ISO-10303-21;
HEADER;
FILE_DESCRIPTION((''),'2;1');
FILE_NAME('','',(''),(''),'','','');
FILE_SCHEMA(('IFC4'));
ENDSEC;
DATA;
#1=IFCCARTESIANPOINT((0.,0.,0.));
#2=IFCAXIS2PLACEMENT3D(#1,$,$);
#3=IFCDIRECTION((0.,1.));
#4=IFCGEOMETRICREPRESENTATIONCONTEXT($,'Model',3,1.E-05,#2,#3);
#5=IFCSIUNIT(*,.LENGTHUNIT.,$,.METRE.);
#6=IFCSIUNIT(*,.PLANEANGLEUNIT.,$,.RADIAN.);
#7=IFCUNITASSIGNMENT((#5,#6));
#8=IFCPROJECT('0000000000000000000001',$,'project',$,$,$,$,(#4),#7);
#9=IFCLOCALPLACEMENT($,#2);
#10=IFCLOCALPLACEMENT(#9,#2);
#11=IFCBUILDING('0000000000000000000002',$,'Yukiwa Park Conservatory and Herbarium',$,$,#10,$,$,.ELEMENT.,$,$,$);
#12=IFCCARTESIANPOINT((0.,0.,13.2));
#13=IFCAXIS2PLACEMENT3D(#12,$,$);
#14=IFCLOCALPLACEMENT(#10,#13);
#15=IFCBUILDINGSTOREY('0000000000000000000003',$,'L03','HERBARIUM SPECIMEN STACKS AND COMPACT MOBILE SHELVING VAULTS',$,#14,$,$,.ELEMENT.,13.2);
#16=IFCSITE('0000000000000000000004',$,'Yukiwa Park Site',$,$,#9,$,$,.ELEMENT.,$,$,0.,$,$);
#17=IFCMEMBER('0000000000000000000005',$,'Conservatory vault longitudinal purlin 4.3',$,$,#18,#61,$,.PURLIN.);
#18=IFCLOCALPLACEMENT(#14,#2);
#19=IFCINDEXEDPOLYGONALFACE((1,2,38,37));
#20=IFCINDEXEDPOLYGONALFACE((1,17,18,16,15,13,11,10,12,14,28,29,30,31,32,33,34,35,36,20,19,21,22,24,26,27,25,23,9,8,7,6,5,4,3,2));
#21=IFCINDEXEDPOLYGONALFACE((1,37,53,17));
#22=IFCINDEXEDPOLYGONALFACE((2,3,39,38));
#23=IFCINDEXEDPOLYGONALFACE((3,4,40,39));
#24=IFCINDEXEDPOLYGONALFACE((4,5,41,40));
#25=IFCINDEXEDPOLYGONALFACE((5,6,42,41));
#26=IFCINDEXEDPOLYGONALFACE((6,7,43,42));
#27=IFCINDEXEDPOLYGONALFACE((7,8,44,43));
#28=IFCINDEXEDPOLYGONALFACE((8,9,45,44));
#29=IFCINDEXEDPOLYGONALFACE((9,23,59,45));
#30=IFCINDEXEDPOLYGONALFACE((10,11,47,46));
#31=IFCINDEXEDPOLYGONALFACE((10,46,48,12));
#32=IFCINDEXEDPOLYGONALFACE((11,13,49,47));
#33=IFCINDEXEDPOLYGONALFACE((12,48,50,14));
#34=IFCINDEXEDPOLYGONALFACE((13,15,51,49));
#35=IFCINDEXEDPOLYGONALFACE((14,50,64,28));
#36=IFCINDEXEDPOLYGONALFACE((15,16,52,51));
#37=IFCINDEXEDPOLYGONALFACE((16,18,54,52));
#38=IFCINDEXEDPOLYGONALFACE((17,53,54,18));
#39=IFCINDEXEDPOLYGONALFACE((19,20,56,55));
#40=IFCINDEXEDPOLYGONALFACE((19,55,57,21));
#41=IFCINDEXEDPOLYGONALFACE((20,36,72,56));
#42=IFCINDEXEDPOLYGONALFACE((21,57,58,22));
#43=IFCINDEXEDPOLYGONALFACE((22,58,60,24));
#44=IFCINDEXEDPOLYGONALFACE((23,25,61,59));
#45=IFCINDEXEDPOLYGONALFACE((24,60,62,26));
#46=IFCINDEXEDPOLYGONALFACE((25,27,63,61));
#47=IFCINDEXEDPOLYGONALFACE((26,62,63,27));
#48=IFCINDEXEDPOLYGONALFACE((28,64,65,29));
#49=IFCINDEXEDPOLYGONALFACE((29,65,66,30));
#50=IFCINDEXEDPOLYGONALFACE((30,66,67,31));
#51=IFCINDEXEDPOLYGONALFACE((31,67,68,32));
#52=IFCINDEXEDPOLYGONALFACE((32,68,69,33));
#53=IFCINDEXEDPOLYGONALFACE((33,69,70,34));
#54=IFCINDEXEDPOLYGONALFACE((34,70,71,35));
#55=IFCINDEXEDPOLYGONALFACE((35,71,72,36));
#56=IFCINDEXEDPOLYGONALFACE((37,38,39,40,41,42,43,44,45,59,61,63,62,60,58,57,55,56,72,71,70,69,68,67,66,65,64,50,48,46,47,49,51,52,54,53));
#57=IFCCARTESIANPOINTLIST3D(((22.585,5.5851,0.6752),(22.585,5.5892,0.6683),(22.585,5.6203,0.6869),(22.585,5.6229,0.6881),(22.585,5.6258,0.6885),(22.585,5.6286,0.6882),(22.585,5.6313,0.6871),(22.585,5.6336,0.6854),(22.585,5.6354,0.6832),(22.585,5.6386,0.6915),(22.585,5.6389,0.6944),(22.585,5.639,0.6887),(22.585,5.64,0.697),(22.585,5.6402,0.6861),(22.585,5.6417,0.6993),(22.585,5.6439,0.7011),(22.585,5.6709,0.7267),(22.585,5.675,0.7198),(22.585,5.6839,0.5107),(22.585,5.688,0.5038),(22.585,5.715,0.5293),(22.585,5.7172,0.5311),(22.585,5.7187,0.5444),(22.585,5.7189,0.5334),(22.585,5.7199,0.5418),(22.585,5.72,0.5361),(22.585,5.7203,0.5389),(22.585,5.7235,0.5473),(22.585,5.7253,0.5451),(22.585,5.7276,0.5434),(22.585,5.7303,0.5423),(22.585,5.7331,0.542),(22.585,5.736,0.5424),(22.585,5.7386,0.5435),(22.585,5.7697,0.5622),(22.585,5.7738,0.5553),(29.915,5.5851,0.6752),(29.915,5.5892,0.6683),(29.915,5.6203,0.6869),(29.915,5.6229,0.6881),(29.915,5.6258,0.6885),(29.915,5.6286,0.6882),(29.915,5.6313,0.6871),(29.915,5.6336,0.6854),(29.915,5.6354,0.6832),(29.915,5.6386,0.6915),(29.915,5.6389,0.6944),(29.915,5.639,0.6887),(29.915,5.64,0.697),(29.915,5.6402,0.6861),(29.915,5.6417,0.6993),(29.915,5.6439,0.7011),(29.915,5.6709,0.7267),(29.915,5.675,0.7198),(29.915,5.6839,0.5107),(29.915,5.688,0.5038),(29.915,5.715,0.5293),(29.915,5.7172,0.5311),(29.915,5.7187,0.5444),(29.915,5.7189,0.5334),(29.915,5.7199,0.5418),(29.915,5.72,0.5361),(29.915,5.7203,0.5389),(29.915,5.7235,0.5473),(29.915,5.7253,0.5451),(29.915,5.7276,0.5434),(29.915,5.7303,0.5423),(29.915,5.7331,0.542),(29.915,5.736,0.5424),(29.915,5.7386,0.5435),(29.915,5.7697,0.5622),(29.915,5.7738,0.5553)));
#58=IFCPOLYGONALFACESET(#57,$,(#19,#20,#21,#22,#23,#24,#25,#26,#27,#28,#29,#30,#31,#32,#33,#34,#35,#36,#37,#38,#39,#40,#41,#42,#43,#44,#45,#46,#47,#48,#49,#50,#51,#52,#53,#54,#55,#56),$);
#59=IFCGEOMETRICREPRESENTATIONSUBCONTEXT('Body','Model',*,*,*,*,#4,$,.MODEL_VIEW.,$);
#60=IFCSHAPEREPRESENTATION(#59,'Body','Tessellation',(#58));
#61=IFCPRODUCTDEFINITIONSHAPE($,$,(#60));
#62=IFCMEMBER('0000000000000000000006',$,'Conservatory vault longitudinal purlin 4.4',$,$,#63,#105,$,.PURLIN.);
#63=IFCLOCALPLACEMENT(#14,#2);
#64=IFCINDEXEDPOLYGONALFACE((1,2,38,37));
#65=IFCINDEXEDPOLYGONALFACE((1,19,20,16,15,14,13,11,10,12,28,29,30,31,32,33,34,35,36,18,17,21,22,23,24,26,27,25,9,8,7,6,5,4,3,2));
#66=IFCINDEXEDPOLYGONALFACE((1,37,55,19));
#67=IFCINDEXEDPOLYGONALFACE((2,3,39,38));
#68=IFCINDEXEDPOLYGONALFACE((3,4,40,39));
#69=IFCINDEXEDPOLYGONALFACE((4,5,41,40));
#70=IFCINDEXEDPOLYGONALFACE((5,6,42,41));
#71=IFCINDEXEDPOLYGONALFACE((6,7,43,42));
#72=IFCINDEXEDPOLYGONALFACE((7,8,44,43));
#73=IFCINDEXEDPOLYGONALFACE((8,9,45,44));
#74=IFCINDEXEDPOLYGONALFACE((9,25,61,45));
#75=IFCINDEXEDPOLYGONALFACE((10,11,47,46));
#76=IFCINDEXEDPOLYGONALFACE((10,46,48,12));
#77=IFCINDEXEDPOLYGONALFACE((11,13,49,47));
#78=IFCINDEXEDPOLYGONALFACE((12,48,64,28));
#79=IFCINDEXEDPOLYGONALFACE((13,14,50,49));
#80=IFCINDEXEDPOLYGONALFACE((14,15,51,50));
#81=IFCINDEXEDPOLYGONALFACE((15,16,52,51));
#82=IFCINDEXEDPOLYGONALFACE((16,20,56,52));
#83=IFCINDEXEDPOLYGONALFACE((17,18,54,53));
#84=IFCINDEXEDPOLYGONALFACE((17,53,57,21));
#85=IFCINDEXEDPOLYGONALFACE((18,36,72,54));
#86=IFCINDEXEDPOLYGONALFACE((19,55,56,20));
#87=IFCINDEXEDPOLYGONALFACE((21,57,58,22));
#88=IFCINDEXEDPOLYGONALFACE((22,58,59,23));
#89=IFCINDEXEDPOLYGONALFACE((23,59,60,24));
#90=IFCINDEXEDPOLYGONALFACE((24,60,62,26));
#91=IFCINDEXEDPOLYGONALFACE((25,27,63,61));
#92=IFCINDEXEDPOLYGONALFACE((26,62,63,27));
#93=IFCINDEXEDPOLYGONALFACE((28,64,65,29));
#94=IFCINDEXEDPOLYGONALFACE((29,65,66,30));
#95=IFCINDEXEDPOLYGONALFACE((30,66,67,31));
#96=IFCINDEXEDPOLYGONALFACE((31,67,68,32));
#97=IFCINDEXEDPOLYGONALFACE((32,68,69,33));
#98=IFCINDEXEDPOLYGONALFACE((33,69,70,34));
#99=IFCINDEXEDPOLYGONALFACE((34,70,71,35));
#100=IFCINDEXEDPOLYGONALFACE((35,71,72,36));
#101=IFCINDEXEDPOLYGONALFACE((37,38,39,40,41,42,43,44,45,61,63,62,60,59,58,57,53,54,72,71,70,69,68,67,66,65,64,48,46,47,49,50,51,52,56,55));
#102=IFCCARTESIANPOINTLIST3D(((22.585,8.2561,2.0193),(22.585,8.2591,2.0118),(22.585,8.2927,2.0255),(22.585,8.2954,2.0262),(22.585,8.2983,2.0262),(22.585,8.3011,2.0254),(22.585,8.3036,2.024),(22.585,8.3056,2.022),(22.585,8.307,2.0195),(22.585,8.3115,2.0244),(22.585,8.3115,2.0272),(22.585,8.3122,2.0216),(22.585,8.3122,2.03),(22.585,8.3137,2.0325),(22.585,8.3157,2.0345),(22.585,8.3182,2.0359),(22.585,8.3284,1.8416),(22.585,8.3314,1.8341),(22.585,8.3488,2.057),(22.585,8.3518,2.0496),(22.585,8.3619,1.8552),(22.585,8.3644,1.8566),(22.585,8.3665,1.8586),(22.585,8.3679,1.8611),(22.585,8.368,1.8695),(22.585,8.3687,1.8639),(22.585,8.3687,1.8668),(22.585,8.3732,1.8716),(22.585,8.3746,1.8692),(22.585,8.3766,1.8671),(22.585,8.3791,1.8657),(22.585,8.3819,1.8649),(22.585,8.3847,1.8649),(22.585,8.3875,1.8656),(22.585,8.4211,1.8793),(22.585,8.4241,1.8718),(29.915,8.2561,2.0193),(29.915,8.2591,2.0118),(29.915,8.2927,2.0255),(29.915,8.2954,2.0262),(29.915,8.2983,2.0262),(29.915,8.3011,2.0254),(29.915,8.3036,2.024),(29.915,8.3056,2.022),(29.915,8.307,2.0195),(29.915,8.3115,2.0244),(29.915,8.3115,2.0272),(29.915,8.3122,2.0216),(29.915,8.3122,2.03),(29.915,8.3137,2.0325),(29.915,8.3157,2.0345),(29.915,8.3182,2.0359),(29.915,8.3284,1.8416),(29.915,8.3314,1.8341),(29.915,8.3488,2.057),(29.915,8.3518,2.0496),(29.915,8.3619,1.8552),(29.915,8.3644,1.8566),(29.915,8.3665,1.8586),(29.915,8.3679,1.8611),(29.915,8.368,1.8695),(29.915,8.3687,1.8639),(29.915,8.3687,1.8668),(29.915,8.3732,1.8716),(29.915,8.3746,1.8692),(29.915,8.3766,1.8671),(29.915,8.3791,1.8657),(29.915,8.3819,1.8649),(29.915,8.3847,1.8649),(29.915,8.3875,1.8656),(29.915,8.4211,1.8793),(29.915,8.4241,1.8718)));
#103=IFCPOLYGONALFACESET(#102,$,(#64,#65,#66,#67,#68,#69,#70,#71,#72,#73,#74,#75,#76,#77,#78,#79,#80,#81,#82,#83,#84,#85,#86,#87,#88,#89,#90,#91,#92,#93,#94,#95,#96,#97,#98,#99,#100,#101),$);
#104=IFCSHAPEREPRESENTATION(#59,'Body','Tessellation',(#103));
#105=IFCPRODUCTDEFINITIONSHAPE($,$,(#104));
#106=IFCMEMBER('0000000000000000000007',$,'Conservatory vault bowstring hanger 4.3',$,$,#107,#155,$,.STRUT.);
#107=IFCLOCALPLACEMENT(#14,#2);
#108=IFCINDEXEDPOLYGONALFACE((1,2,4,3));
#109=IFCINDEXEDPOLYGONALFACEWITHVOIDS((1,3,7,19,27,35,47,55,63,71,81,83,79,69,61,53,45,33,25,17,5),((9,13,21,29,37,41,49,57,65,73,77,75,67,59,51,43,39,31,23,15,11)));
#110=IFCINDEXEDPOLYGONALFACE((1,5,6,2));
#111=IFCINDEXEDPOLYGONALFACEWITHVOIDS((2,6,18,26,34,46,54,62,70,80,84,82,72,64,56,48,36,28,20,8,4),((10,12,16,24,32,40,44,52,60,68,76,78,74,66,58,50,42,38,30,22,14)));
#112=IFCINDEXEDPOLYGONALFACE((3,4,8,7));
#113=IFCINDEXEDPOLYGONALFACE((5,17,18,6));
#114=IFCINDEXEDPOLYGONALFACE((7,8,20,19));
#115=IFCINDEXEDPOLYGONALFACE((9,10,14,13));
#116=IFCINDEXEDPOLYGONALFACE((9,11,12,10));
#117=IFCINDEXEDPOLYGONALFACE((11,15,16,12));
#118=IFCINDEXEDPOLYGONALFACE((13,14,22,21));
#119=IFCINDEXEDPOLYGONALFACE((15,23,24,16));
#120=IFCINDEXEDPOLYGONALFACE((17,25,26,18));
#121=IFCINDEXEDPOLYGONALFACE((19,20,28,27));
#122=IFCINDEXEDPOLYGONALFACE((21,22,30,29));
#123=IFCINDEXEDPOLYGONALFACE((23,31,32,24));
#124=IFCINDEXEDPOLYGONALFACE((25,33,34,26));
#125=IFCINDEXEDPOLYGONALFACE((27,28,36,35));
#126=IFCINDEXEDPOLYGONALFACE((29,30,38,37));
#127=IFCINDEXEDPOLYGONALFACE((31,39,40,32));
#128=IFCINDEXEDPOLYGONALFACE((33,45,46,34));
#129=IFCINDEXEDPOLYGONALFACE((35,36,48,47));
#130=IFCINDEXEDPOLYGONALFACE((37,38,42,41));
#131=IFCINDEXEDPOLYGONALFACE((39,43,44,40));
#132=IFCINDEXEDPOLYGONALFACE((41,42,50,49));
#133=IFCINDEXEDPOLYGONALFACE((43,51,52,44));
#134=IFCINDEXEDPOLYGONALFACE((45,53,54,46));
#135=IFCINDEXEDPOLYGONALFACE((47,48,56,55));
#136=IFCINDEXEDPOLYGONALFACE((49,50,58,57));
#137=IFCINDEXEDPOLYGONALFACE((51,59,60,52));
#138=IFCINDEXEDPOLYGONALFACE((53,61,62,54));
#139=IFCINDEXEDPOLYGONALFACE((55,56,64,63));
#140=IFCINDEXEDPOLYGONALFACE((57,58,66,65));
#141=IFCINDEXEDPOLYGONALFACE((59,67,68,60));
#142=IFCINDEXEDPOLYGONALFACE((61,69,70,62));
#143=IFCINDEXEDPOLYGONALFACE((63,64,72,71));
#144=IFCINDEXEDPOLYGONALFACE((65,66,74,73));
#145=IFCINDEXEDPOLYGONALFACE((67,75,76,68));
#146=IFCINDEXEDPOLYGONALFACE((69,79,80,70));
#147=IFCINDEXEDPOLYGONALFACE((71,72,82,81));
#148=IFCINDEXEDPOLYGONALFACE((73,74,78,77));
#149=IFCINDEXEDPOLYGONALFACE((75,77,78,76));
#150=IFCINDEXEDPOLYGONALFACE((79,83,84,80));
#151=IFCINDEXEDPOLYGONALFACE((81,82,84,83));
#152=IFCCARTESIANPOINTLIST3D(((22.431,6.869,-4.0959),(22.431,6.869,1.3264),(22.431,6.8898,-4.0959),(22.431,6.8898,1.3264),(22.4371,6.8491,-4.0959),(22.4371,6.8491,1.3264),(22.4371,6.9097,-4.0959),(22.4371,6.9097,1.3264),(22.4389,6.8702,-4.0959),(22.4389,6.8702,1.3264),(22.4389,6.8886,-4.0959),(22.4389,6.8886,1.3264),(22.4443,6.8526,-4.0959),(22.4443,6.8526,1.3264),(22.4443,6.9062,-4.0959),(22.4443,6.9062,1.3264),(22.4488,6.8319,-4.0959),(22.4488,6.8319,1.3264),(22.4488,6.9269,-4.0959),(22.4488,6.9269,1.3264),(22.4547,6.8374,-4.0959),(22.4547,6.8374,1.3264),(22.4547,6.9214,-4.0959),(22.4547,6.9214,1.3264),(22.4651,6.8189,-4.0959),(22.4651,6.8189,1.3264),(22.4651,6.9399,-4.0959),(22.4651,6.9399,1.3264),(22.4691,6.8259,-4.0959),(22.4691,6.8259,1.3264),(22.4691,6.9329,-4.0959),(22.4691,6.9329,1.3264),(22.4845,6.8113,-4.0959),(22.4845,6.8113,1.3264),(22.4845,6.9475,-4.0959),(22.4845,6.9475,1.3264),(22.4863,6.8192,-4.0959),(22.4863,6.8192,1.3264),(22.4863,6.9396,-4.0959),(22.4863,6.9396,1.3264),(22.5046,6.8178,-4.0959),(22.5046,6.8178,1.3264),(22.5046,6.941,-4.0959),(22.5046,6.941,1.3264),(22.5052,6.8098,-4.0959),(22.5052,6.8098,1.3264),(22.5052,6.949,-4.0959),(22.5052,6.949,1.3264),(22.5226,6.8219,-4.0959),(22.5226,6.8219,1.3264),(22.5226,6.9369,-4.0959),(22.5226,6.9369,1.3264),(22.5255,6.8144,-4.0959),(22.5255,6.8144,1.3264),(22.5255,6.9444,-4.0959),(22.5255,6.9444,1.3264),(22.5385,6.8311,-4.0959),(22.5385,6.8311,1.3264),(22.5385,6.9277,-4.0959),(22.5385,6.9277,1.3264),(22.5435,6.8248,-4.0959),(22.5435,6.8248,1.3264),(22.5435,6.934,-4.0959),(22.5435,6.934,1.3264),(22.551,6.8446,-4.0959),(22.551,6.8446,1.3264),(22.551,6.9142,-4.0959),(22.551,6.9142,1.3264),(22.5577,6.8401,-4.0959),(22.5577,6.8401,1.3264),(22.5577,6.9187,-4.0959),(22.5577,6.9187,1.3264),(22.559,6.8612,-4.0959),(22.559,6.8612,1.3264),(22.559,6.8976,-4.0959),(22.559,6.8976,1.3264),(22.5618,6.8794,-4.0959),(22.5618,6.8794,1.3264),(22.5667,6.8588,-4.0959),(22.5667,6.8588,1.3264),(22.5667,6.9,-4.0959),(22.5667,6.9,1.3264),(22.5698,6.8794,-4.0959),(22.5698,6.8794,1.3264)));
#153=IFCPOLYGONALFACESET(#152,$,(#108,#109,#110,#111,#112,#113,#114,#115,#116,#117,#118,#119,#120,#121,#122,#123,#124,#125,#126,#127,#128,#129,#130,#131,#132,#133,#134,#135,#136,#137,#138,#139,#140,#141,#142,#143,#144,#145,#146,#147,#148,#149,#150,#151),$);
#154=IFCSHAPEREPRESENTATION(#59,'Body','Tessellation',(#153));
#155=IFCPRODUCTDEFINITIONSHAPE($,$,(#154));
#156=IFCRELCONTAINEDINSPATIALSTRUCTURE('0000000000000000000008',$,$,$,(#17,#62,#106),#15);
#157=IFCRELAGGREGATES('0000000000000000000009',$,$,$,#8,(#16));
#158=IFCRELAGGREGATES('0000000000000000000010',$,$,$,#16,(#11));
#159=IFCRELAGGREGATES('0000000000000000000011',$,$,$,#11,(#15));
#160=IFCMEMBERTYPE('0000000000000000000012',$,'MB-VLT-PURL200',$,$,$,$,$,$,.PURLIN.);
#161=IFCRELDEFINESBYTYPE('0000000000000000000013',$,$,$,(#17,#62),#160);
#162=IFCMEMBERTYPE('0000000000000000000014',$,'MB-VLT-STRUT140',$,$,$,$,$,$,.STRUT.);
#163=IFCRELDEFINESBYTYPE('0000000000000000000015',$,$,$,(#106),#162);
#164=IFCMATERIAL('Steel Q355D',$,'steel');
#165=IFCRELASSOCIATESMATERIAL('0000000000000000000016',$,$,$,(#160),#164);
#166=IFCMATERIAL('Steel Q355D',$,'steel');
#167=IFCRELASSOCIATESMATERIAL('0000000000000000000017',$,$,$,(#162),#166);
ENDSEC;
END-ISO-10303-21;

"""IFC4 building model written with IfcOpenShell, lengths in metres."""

from ifc_helpers import new_model, si_unit, direction, frame, origin, origin_2d, place, context, subcontext, project, spatial, hollow_circle, i_section, extrude, material, material_profile, profile_set, type_object, element, save


model = new_model("IFC4")

# Units and contexts
model_context = context("Model", 3, precision=1e-05, world=origin(), true_north=direction((0.0, 1.0)))
body_context = subcontext(model_context, "Body", "Model", "MODEL_VIEW")
ifc_project = project(units=[si_unit("LENGTHUNIT", "METRE"), si_unit("PLANEANGLEUNIT", "RADIAN")], contexts=[model_context])

# Site, building, storey
site_placement = place(None, origin())
site = spatial("IfcSite", under=ifc_project, at=site_placement, Name="Yukiwa Park Site", CompositionType="ELEMENT", RefElevation=0.0)
building_placement = place(site_placement, origin())
building = spatial("IfcBuilding", under=site, at=building_placement, Name="Yukiwa Park Conservatory and Herbarium", CompositionType="ELEMENT")
storey_placement = place(building_placement, frame((0.0, 0.0, 13.2)))
storey = spatial("IfcBuildingStorey", under=building, at=storey_placement, Name="L03", Description="HERBARIUM SPECIMEN STACKS AND COMPACT MOBILE SHELVING VAULTS", CompositionType="ELEMENT", Elevation=13.2)

# Members
ifc_material_1 = material(Name="Steel Q355D", Category="steel")
ifc_material_profile_1 = material_profile(ifc_material_1, i_section(OverallWidth=0.1001, OverallDepth=0.2, WebThickness=0.0056, FlangeThickness=0.0081, FilletRadius=0.011, at=origin_2d()), Name="HN 200x100x5.5x8")
ifc_profile_set_1 = profile_set([ifc_material_profile_1], Name="Steel Q355D")
member_type_1 = type_object("IfcMemberType", Name="MB-VLT-PURL200", PredefinedType="PURLIN", material=ifc_profile_set_1)
for number, where, z_axis, x_axis, name in (
    (1, (22.585, 5.6794, 0.6152), (1.0, 0.0, 0.0), (0.0, 0.857234, 0.514927), "Conservatory vault longitudinal purlin 4.3"),
    (2, (22.585, 8.3401, 1.9456), (1.0, 0.0, 0.0), (0.0, 0.926282, 0.376831), "Conservatory vault longitudinal purlin 4.4"),
):
    element("IfcMember", number, at=place(storey_placement, frame(where, z_axis=z_axis, x_axis=x_axis)), inside=storey, type_object=member_type_1, Name=name, PredefinedType="PURLIN", context=body_context, shape_type="SweptSolid", body=[
        extrude(i_section(OverallWidth=0.1001, OverallDepth=0.2, WebThickness=0.0056, FlangeThickness=0.0081, FilletRadius=0.011, at=origin_2d()), origin(), (0.0, 0.0, 1.0), 7.3301),
    ])
ifc_material_2 = material(Name="Steel Q355D", Category="steel")
ifc_material_profile_2 = material_profile(ifc_material_2, hollow_circle(Radius=0.0698, WallThickness=0.0081, at=origin_2d()), Name="CHS 139.7x8")
ifc_profile_set_2 = profile_set([ifc_material_profile_2], Name="Steel Q355D")
member_type_2 = type_object("IfcMemberType", Name="MB-VLT-STRUT140", PredefinedType="STRUT", material=ifc_profile_set_2)
member_1_placement = place(storey_placement, frame((22.5, 6.8794, -4.0959), z_axis=(0.0, 0.0, 1.0), x_axis=(1.0, 0.0, 0.0)))
element("IfcMember", 3, at=member_1_placement, inside=storey, type_object=member_type_2, Name="Conservatory vault bowstring hanger 4.3", PredefinedType="STRUT", context=body_context, shape_type="SweptSolid", body=[
    extrude(hollow_circle(Radius=0.0698, WallThickness=0.0081, at=origin_2d()), origin(), (0.0, 0.0, 1.0), 5.4224),
])

save(model, "model.ifc")
